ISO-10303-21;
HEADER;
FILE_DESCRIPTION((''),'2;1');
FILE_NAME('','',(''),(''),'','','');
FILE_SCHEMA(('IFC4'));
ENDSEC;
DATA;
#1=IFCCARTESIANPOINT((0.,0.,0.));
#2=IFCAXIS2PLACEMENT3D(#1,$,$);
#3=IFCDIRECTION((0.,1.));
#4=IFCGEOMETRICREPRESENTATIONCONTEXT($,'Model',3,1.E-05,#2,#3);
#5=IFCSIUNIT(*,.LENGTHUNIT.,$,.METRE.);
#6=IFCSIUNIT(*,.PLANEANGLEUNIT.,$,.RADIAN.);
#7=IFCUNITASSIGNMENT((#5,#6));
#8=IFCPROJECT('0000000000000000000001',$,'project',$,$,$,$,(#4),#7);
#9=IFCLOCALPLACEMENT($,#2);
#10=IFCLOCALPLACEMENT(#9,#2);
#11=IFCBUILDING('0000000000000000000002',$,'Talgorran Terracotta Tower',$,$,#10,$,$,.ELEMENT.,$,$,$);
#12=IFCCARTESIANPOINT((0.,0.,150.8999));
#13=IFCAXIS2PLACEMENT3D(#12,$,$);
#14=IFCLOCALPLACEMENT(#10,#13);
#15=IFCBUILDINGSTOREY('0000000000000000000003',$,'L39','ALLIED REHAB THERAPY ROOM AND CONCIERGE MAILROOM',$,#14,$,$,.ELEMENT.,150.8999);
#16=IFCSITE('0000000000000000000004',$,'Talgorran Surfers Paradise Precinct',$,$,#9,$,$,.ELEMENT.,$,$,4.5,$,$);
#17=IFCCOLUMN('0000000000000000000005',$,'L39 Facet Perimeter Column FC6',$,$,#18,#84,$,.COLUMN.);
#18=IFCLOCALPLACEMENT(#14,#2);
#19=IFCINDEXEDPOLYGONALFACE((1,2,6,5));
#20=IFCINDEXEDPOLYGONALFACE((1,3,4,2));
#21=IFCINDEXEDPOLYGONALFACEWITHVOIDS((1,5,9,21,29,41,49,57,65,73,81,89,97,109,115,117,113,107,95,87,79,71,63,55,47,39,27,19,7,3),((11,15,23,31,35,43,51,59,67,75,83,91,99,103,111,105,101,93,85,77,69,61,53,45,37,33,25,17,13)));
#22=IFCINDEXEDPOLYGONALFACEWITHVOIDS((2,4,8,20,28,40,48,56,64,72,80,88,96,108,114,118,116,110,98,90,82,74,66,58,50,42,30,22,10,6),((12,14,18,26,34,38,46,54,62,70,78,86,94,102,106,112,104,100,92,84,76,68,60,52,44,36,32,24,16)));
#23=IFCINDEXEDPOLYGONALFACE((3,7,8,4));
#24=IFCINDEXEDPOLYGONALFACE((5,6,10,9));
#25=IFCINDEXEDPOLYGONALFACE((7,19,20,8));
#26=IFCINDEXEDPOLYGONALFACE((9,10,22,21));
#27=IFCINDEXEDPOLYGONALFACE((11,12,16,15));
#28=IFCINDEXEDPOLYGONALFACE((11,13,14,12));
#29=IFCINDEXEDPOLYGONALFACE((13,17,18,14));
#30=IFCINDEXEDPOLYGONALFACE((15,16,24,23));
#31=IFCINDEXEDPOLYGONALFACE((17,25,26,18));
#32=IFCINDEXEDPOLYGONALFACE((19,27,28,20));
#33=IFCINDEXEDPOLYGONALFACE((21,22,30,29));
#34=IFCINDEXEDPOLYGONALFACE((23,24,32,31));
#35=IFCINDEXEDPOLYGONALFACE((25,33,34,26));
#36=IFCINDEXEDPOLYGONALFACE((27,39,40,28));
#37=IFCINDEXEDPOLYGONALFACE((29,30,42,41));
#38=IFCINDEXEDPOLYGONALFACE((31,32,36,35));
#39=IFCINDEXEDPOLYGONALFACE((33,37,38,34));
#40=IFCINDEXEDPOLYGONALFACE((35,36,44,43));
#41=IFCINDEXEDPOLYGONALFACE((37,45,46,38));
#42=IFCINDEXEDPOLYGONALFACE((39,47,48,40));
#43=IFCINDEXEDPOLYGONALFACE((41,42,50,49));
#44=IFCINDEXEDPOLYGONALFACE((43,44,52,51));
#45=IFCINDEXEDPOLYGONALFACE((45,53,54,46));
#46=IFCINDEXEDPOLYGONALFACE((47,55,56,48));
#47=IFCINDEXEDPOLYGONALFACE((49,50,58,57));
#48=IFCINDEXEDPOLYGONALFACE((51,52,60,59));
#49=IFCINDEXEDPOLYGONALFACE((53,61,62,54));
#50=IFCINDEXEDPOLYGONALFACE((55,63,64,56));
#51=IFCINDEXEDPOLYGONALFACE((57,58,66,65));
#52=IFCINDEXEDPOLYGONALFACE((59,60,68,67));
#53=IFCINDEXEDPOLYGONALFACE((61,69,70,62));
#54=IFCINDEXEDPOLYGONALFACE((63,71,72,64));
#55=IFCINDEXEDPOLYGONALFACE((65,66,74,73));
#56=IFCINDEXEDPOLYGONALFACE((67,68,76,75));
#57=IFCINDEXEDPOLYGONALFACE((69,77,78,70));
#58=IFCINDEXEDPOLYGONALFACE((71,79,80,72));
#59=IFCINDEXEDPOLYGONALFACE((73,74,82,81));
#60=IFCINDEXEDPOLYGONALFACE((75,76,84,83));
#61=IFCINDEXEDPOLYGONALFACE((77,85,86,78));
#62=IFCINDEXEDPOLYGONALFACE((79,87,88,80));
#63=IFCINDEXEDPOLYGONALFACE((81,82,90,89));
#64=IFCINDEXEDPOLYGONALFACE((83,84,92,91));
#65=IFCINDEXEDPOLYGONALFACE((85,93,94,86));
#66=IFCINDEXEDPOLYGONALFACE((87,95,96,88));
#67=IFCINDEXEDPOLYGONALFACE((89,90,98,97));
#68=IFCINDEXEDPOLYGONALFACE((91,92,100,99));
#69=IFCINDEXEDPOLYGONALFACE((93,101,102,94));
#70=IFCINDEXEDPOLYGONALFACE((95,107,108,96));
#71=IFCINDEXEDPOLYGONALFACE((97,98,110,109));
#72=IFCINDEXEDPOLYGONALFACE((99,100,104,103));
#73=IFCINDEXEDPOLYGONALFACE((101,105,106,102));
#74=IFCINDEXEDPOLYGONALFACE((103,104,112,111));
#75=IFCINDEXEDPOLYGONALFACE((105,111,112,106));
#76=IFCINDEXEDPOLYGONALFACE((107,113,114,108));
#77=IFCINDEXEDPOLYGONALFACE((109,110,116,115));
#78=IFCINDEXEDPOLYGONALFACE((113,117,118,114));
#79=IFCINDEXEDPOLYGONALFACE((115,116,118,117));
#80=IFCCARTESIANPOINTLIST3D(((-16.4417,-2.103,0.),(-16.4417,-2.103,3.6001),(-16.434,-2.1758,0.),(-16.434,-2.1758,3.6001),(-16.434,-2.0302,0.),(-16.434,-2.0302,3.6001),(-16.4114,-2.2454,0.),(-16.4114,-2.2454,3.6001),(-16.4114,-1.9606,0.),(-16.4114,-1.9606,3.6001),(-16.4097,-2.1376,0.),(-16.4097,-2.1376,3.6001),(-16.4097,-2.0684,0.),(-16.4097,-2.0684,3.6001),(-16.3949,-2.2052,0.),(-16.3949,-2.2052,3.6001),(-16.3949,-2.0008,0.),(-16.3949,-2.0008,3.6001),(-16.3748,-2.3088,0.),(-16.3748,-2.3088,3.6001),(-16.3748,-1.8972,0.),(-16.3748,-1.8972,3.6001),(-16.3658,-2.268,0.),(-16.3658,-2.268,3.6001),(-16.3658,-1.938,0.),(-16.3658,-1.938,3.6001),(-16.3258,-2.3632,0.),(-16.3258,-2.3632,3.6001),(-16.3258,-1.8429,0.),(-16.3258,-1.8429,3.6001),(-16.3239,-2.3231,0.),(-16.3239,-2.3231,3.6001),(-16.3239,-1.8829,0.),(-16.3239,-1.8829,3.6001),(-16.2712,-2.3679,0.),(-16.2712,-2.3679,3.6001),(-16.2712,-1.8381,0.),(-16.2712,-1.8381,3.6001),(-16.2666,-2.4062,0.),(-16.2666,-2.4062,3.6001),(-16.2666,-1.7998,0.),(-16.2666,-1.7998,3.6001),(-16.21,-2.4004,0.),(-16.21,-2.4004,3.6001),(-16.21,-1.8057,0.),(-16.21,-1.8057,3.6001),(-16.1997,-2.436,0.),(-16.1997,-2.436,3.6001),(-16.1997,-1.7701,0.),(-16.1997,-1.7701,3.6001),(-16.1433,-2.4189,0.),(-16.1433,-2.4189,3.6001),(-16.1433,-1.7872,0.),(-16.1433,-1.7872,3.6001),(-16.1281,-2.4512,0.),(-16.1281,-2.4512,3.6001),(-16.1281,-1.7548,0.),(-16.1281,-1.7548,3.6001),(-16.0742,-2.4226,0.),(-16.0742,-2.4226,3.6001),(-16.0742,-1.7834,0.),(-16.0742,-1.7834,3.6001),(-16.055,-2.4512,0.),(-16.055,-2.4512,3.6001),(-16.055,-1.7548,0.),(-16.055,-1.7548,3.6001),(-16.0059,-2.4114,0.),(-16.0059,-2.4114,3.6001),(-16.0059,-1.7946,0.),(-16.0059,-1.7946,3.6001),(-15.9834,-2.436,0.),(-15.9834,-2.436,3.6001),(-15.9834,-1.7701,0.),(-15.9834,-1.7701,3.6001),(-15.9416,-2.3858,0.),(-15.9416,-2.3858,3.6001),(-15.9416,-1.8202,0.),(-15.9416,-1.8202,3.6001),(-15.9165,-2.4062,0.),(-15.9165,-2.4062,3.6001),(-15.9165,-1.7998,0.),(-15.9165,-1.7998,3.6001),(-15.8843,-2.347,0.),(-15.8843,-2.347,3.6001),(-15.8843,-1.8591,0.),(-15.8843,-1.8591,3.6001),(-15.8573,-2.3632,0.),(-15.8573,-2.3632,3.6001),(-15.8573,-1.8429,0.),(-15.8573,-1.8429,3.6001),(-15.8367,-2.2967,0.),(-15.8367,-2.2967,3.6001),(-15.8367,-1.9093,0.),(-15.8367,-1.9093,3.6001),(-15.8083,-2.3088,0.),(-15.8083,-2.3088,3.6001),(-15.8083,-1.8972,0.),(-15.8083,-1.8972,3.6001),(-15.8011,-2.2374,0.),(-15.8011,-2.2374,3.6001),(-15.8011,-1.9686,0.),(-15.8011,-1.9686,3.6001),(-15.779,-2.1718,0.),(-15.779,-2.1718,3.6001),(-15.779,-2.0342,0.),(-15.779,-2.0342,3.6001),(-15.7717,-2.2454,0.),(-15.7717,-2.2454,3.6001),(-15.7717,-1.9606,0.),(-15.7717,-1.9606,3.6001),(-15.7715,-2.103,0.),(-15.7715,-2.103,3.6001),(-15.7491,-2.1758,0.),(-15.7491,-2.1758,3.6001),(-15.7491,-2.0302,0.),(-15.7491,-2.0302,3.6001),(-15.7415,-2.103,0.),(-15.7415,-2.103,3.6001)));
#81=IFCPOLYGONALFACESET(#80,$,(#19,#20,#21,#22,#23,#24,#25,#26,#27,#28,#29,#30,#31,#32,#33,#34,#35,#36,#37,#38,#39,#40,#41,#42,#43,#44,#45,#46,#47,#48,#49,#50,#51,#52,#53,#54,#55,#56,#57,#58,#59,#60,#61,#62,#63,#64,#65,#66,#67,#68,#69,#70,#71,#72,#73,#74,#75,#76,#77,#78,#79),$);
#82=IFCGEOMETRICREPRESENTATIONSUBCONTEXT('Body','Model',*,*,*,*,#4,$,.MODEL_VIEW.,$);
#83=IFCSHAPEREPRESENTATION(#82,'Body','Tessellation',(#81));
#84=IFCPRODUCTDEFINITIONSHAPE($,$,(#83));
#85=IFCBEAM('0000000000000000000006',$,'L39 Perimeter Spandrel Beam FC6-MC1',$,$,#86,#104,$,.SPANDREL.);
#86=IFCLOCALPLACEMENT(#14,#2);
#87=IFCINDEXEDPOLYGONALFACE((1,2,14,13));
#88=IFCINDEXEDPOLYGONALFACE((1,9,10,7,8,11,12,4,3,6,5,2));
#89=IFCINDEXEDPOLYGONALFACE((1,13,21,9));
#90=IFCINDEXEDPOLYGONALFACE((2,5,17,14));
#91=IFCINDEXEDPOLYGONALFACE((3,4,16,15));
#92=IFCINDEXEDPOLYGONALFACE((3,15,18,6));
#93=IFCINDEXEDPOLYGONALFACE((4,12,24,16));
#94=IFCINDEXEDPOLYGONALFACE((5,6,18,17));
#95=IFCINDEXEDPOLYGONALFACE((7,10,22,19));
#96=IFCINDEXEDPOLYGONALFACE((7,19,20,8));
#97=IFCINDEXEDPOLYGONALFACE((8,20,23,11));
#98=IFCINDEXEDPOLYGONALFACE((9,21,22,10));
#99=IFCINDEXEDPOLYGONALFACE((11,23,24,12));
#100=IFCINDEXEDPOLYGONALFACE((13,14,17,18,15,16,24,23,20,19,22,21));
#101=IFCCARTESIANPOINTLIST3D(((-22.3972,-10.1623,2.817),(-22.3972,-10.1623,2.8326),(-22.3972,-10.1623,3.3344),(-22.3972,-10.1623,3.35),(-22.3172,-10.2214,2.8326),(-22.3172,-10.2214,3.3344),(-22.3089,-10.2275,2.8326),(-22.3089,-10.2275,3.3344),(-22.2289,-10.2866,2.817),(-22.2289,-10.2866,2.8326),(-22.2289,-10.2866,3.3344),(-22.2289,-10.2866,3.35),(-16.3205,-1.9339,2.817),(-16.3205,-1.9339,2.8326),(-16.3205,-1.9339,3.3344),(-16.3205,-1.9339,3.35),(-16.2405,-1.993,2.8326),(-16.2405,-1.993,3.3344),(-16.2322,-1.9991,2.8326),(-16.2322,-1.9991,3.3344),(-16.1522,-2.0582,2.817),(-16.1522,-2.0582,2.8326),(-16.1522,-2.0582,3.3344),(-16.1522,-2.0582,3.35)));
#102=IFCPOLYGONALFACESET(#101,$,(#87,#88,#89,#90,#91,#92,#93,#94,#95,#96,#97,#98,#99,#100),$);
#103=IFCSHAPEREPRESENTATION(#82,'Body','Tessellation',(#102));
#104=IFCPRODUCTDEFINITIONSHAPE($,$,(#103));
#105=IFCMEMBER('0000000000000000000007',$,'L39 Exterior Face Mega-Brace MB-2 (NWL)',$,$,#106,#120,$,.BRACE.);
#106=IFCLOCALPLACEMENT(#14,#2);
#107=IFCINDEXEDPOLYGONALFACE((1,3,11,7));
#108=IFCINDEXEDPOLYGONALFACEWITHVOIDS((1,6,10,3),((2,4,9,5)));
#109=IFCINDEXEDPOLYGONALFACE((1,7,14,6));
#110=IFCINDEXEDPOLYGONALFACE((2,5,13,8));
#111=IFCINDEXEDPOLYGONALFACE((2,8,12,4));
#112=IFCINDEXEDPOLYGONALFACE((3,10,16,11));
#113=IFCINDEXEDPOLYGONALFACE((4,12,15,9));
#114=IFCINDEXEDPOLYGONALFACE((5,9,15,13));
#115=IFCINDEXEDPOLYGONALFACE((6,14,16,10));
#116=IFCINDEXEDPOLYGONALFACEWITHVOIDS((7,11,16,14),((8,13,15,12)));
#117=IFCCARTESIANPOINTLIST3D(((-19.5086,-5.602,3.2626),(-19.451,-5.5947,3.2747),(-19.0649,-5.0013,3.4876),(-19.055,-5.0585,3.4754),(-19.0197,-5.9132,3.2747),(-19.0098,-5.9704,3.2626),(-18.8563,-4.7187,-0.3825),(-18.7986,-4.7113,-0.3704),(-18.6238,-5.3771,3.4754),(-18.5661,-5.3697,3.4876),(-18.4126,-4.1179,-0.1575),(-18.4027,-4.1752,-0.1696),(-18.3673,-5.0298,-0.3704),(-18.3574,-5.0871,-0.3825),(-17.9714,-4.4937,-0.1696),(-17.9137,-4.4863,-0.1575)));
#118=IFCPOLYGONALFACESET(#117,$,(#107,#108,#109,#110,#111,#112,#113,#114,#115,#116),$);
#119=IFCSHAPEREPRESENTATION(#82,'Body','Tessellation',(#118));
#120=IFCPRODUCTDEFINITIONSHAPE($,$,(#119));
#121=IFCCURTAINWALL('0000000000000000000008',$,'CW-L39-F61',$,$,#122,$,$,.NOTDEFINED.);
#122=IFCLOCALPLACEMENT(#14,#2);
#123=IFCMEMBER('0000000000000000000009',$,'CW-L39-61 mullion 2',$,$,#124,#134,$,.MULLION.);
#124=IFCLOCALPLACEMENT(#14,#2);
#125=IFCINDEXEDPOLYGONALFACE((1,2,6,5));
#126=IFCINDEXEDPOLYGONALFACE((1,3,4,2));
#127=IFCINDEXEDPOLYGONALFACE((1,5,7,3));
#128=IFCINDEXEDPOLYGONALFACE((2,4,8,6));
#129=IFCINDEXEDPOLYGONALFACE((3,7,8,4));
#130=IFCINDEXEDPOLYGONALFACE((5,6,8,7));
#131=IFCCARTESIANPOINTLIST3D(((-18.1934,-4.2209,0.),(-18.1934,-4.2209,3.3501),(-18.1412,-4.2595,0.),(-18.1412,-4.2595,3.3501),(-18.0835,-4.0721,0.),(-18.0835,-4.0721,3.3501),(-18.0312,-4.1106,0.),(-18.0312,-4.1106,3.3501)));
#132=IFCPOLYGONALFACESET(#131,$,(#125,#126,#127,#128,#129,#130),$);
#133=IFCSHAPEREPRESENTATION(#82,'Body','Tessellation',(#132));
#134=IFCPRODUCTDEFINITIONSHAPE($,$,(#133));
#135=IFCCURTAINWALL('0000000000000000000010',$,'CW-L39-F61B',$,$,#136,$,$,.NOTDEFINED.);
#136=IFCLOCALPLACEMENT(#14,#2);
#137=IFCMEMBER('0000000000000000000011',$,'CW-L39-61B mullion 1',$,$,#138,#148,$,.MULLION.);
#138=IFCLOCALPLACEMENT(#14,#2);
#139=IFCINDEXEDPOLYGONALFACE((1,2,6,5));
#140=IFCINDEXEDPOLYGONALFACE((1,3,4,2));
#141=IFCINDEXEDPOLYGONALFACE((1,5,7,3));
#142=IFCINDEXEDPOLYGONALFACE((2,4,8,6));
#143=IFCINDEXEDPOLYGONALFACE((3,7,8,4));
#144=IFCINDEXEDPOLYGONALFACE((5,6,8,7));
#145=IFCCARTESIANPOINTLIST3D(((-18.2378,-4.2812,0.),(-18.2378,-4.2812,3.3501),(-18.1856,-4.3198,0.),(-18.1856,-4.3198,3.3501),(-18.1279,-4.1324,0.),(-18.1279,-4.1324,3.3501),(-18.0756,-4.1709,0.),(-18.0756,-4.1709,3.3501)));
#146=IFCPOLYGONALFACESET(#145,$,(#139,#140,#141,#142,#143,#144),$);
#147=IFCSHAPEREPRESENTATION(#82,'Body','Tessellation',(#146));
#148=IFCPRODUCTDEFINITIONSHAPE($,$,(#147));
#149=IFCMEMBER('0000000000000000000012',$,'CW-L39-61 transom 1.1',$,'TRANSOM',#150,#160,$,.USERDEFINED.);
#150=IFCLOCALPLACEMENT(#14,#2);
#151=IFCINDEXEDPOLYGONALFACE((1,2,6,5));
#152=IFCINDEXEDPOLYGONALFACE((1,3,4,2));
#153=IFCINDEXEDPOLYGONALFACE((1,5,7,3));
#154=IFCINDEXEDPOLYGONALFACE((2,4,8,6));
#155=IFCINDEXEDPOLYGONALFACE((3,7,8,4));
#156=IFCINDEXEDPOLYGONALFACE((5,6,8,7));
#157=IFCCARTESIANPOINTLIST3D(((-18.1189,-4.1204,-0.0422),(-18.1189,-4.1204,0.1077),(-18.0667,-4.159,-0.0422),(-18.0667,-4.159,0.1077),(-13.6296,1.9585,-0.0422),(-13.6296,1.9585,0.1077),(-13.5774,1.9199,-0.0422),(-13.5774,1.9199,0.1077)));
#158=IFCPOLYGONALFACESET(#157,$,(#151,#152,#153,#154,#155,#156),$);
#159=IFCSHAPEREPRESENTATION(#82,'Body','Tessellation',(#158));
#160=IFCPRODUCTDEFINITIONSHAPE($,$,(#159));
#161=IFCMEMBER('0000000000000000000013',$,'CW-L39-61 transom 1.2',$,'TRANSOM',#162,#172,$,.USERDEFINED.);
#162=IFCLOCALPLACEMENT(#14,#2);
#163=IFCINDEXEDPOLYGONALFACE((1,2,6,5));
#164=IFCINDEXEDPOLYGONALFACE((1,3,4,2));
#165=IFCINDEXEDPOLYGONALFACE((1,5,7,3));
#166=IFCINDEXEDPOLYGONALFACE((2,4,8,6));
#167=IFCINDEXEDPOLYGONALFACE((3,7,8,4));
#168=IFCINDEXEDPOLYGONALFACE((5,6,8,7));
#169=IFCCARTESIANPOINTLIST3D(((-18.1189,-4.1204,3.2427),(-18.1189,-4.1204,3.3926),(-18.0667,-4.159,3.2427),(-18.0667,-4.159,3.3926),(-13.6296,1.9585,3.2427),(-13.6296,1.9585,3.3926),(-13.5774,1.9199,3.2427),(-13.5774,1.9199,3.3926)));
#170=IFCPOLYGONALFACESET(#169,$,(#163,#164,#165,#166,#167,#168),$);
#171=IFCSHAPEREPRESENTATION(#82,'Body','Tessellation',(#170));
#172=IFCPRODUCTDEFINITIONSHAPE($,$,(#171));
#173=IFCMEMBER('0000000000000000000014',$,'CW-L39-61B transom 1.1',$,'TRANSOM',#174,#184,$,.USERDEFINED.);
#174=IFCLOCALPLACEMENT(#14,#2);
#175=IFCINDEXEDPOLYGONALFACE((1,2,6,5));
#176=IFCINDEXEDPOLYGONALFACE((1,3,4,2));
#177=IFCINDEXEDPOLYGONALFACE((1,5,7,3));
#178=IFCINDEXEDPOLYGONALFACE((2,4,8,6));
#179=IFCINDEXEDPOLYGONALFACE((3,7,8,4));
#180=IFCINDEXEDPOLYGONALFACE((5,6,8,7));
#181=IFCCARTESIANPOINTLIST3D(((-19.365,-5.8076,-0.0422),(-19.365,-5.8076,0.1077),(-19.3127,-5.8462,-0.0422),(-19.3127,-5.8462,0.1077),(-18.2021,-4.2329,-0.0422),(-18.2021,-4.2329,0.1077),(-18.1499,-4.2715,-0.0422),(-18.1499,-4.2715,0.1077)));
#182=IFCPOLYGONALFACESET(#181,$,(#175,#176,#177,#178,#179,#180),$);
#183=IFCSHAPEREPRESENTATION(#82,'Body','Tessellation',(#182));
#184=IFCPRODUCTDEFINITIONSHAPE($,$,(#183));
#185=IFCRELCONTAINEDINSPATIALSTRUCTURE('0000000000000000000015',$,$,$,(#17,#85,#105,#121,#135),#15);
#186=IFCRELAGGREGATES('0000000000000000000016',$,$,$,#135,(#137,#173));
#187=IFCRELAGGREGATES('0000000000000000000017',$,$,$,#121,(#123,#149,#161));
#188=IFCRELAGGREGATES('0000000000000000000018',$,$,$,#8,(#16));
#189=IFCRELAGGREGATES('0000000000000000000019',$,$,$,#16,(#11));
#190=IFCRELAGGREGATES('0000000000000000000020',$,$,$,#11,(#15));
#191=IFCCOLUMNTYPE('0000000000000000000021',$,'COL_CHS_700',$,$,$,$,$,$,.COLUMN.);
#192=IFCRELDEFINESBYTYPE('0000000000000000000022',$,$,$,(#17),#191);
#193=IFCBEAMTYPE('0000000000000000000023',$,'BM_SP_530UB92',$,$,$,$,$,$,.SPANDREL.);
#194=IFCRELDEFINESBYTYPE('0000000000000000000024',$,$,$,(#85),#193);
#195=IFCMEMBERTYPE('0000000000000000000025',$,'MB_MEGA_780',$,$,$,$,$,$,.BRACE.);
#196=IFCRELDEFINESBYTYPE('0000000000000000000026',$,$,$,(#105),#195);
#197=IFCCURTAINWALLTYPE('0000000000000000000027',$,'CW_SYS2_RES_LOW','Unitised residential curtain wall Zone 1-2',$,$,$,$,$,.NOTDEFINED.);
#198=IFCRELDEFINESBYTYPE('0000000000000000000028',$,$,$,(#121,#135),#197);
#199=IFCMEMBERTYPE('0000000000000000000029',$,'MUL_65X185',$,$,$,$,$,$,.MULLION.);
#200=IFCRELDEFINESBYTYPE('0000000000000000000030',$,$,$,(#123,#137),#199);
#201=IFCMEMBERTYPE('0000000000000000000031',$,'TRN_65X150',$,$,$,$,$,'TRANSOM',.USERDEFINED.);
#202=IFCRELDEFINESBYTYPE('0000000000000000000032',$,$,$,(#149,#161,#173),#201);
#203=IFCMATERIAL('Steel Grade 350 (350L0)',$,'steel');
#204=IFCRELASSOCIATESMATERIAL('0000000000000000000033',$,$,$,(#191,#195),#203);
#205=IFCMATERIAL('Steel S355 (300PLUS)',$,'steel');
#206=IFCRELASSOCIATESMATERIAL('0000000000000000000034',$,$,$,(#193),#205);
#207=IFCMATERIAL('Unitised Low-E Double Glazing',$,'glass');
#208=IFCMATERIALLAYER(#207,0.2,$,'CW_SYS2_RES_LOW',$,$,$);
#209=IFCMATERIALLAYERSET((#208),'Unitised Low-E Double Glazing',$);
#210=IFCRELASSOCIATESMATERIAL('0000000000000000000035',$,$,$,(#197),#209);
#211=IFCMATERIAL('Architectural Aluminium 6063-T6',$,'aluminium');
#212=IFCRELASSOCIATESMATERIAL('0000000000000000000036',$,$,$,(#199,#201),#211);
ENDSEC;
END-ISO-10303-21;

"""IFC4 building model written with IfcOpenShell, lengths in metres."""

from ifc_helpers import new_model, si_unit, direction, frame, origin, origin_2d, place, context, subcontext, project, spatial, rectangle, hollow_rectangle, hollow_circle, i_section, extrude, material, layer, layer_set, material_profile, profile_set, type_object, element, aggregate, save


model = new_model("IFC4")

# Units and contexts
model_context = context("Model", 3, precision=1e-05, world=origin(), true_north=direction((0.0, 1.0)))
body_context = subcontext(model_context, "Body", "Model", "MODEL_VIEW")
ifc_project = project(units=[si_unit("LENGTHUNIT", "METRE"), si_unit("PLANEANGLEUNIT", "RADIAN")], contexts=[model_context])

# Site, building, storey
site_placement = place(None, origin())
site = spatial("IfcSite", under=ifc_project, at=site_placement, Name="Talgorran Surfers Paradise Precinct", CompositionType="ELEMENT", RefElevation=4.5)
building_placement = place(site_placement, origin())
building = spatial("IfcBuilding", under=site, at=building_placement, Name="Talgorran Terracotta Tower", CompositionType="ELEMENT")
storey_placement = place(building_placement, frame((0.0, 0.0, 150.8999)))
storey = spatial("IfcBuildingStorey", under=building, at=storey_placement, Name="L39", Description="ALLIED REHAB THERAPY ROOM AND CONCIERGE MAILROOM", CompositionType="ELEMENT", Elevation=150.8999)

# Column
ifc_material_1 = material(Name="Steel Grade 350 (350L0)", Category="steel")
ifc_material_profile_1 = material_profile(ifc_material_1, hollow_circle(Radius=0.3501, WallThickness=0.03, at=origin_2d()), Name="CHS700X30")
ifc_profile_set_1 = profile_set([ifc_material_profile_1], Name="Steel Grade 350 (350L0)")
column_type = type_object("IfcColumnType", Name="COL_CHS_700", PredefinedType="COLUMN", material=ifc_profile_set_1)
column_placement = place(storey_placement, frame((-16.0916, -2.103, 0.0), z_axis=(0.0, 0.0, 1.0), x_axis=(1.0, 0.0, 0.0)))
element("IfcColumn", 1, at=column_placement, inside=storey, type_object=column_type, Name="L39 Facet Perimeter Column FC6", PredefinedType="COLUMN", context=body_context, shape_type="SweptSolid", body=[
    extrude(hollow_circle(Radius=0.3501, WallThickness=0.03, at=origin_2d()), origin(), (0.0, 0.0, 1.0), 3.6001),
])

# Beam
ifc_material_2 = material(Name="Steel S355 (300PLUS)", Category="steel")
ifc_material_profile_2 = material_profile(ifc_material_2, i_section(OverallWidth=0.2092, OverallDepth=0.533, WebThickness=0.0103, FlangeThickness=0.0156, at=origin_2d()), Name="530UB92.4")
ifc_profile_set_2 = profile_set([ifc_material_profile_2], Name="Steel S355 (300PLUS)")
beam_type = type_object("IfcBeamType", Name="BM_SP_530UB92", PredefinedType="SPANDREL", material=ifc_profile_set_2)
beam_placement = place(storey_placement, frame((-16.2363, -1.9961, 3.0835), z_axis=(-0.594068, -0.804415, 0.0), x_axis=(0.804415, -0.594068, 0.0)))
element("IfcBeam", 2, at=beam_placement, inside=storey, type_object=beam_type, Name="L39 Perimeter Spandrel Beam FC6-MC1", PredefinedType="SPANDREL", context=body_context, shape_type="SweptSolid", body=[
    extrude(i_section(OverallWidth=0.2092, OverallDepth=0.533, WebThickness=0.0103, FlangeThickness=0.0156, at=origin_2d()), origin(), (0.0, 0.0, 1.0), 10.229),
])

# Member
ifc_material_profile_3 = material_profile(ifc_material_1, hollow_rectangle(XDim=0.6201, YDim=0.78, WallThickness=0.042, at=origin_2d()), Name="WBOX780X620X42")
ifc_profile_set_3 = profile_set([ifc_material_profile_3], Name="Steel Grade 350 (350L0)")
member_type_1 = type_object("IfcMemberType", Name="MB_MEGA_780", PredefinedType="BRACE", material=ifc_profile_set_3)
member_1_placement = place(storey_placement, frame((-18.385, -4.6025, -0.27), z_axis=(-0.171361, -0.232031, 0.957495), x_axis=(0.804407, -0.594078, 0.0)))
element("IfcMember", 3, at=member_1_placement, inside=storey, type_object=member_type_1, Name="L39 Exterior Face Mega-Brace MB-2 (NWL)", PredefinedType="BRACE", context=body_context, shape_type="SweptSolid", body=[
    extrude(hollow_rectangle(XDim=0.6201, YDim=0.78, WallThickness=0.042, at=origin_2d()), origin(), (0.0, 0.0, 1.0), 3.8069),
])

# Curtain walls, members
ifc_material_3 = material(Name="Unitised Low-E Double Glazing", Category="glass")
ifc_layer_1 = layer(ifc_material_3, 0.2, Name="CW_SYS2_RES_LOW")
ifc_layer_set_1 = layer_set([ifc_layer_1], Name="Unitised Low-E Double Glazing")
curtain_wall_type = type_object("IfcCurtainWallType", Name="CW_SYS2_RES_LOW", Description="Unitised residential curtain wall Zone 1-2", PredefinedType="NOTDEFINED", material=ifc_layer_set_1)
curtain_wall_1_placement = place(storey_placement, origin())
curtain_wall_1 = element("IfcCurtainWall", 4, at=curtain_wall_1_placement, inside=storey, type_object=curtain_wall_type, Name="CW-L39-F61", PredefinedType="NOTDEFINED")
ifc_material_4 = material(Name="Architectural Aluminium 6063-T6", Category="aluminium")
ifc_material_profile_4 = material_profile(ifc_material_4, rectangle(XDim=0.0649, YDim=0.1851, at=origin_2d()), Name="CWM65X185")
ifc_profile_set_4 = profile_set([ifc_material_profile_4], Name="Architectural Aluminium 6063-T6")
member_type_2 = type_object("IfcMemberType", Name="MUL_65X185", PredefinedType="MULLION", material=ifc_profile_set_4)
member_2_placement = place(storey_placement, frame((-18.1123, -4.1658, 0.0), z_axis=(0.0, 0.0, 1.0), x_axis=(0.804407, -0.594079, 0.0)))
member_2 = element("IfcMember", 5, at=member_2_placement, type_object=member_type_2, Name="CW-L39-61 mullion 2", PredefinedType="MULLION", context=body_context, shape_type="SweptSolid", body=[
    extrude(rectangle(XDim=0.0649, YDim=0.1851, at=origin_2d()), origin(), (0.0, 0.0, 1.0), 3.3501),
])
curtain_wall_2_placement = place(storey_placement, origin())
curtain_wall_2 = element("IfcCurtainWall", 6, at=curtain_wall_2_placement, inside=storey, type_object=curtain_wall_type, Name="CW-L39-F61B", PredefinedType="NOTDEFINED")
member_3_placement = place(storey_placement, frame((-18.1567, -4.2261, 0.0), z_axis=(0.0, 0.0, 1.0), x_axis=(0.804399, -0.594089, 0.0)))
member_3 = element("IfcMember", 7, at=member_3_placement, type_object=member_type_2, Name="CW-L39-61B mullion 1", PredefinedType="MULLION", context=body_context, shape_type="SweptSolid", body=[
    extrude(rectangle(XDim=0.0649, YDim=0.1851, at=origin_2d()), origin(), (0.0, 0.0, 1.0), 3.3501),
])

# Members
ifc_material_profile_5 = material_profile(ifc_material_4, rectangle(XDim=0.0649, YDim=0.1499, at=origin_2d()), Name="CWT65X150")
ifc_profile_set_5 = profile_set([ifc_material_profile_5], Name="Architectural Aluminium 6063-T6")
member_type_3 = type_object("IfcMemberType", Name="TRN_65X150", ElementType="TRANSOM", PredefinedType="USERDEFINED", material=ifc_profile_set_5)
member_4_placement = place(storey_placement, frame((-13.6035, 1.9392, 0.0327), z_axis=(-0.594065, -0.804417, 0.0), x_axis=(0.804417, -0.594065, 0.0)))
member_4 = element("IfcMember", 8, at=member_4_placement, type_object=member_type_3, Name="CW-L39-61 transom 1.1", ObjectType="TRANSOM", PredefinedType="USERDEFINED", context=body_context, shape_type="SweptSolid", body=[
    extrude(rectangle(XDim=0.0649, YDim=0.1499, at=origin_2d()), origin(), (0.0, 0.0, 1.0), 7.5569),
])
member_5_placement = place(storey_placement, frame((-13.6035, 1.9392, 3.3176), z_axis=(-0.594065, -0.804417, 0.0), x_axis=(0.804417, -0.594065, 0.0)))
member_5 = element("IfcMember", 9, at=member_5_placement, type_object=member_type_3, Name="CW-L39-61 transom 1.2", ObjectType="TRANSOM", PredefinedType="USERDEFINED", context=body_context, shape_type="SweptSolid", body=[
    extrude(rectangle(XDim=0.0649, YDim=0.1499, at=origin_2d()), origin(), (0.0, 0.0, 1.0), 7.5569),
])
member_6_placement = place(storey_placement, frame((-18.176, -4.2522, 0.0327), z_axis=(-0.594037, -0.804438, 0.0), x_axis=(0.804438, -0.594037, 0.0)))
member_6 = element("IfcMember", 10, at=member_6_placement, type_object=member_type_3, Name="CW-L39-61B transom 1.1", ObjectType="TRANSOM", PredefinedType="USERDEFINED", context=body_context, shape_type="SweptSolid", body=[
    extrude(rectangle(XDim=0.0649, YDim=0.1499, at=origin_2d()), origin(), (0.0, 0.0, 1.0), 1.9575),
])

aggregate(curtain_wall_2, [member_3, member_6])
aggregate(curtain_wall_1, [member_2, member_4, member_5])

save(model, "model.ifc")
